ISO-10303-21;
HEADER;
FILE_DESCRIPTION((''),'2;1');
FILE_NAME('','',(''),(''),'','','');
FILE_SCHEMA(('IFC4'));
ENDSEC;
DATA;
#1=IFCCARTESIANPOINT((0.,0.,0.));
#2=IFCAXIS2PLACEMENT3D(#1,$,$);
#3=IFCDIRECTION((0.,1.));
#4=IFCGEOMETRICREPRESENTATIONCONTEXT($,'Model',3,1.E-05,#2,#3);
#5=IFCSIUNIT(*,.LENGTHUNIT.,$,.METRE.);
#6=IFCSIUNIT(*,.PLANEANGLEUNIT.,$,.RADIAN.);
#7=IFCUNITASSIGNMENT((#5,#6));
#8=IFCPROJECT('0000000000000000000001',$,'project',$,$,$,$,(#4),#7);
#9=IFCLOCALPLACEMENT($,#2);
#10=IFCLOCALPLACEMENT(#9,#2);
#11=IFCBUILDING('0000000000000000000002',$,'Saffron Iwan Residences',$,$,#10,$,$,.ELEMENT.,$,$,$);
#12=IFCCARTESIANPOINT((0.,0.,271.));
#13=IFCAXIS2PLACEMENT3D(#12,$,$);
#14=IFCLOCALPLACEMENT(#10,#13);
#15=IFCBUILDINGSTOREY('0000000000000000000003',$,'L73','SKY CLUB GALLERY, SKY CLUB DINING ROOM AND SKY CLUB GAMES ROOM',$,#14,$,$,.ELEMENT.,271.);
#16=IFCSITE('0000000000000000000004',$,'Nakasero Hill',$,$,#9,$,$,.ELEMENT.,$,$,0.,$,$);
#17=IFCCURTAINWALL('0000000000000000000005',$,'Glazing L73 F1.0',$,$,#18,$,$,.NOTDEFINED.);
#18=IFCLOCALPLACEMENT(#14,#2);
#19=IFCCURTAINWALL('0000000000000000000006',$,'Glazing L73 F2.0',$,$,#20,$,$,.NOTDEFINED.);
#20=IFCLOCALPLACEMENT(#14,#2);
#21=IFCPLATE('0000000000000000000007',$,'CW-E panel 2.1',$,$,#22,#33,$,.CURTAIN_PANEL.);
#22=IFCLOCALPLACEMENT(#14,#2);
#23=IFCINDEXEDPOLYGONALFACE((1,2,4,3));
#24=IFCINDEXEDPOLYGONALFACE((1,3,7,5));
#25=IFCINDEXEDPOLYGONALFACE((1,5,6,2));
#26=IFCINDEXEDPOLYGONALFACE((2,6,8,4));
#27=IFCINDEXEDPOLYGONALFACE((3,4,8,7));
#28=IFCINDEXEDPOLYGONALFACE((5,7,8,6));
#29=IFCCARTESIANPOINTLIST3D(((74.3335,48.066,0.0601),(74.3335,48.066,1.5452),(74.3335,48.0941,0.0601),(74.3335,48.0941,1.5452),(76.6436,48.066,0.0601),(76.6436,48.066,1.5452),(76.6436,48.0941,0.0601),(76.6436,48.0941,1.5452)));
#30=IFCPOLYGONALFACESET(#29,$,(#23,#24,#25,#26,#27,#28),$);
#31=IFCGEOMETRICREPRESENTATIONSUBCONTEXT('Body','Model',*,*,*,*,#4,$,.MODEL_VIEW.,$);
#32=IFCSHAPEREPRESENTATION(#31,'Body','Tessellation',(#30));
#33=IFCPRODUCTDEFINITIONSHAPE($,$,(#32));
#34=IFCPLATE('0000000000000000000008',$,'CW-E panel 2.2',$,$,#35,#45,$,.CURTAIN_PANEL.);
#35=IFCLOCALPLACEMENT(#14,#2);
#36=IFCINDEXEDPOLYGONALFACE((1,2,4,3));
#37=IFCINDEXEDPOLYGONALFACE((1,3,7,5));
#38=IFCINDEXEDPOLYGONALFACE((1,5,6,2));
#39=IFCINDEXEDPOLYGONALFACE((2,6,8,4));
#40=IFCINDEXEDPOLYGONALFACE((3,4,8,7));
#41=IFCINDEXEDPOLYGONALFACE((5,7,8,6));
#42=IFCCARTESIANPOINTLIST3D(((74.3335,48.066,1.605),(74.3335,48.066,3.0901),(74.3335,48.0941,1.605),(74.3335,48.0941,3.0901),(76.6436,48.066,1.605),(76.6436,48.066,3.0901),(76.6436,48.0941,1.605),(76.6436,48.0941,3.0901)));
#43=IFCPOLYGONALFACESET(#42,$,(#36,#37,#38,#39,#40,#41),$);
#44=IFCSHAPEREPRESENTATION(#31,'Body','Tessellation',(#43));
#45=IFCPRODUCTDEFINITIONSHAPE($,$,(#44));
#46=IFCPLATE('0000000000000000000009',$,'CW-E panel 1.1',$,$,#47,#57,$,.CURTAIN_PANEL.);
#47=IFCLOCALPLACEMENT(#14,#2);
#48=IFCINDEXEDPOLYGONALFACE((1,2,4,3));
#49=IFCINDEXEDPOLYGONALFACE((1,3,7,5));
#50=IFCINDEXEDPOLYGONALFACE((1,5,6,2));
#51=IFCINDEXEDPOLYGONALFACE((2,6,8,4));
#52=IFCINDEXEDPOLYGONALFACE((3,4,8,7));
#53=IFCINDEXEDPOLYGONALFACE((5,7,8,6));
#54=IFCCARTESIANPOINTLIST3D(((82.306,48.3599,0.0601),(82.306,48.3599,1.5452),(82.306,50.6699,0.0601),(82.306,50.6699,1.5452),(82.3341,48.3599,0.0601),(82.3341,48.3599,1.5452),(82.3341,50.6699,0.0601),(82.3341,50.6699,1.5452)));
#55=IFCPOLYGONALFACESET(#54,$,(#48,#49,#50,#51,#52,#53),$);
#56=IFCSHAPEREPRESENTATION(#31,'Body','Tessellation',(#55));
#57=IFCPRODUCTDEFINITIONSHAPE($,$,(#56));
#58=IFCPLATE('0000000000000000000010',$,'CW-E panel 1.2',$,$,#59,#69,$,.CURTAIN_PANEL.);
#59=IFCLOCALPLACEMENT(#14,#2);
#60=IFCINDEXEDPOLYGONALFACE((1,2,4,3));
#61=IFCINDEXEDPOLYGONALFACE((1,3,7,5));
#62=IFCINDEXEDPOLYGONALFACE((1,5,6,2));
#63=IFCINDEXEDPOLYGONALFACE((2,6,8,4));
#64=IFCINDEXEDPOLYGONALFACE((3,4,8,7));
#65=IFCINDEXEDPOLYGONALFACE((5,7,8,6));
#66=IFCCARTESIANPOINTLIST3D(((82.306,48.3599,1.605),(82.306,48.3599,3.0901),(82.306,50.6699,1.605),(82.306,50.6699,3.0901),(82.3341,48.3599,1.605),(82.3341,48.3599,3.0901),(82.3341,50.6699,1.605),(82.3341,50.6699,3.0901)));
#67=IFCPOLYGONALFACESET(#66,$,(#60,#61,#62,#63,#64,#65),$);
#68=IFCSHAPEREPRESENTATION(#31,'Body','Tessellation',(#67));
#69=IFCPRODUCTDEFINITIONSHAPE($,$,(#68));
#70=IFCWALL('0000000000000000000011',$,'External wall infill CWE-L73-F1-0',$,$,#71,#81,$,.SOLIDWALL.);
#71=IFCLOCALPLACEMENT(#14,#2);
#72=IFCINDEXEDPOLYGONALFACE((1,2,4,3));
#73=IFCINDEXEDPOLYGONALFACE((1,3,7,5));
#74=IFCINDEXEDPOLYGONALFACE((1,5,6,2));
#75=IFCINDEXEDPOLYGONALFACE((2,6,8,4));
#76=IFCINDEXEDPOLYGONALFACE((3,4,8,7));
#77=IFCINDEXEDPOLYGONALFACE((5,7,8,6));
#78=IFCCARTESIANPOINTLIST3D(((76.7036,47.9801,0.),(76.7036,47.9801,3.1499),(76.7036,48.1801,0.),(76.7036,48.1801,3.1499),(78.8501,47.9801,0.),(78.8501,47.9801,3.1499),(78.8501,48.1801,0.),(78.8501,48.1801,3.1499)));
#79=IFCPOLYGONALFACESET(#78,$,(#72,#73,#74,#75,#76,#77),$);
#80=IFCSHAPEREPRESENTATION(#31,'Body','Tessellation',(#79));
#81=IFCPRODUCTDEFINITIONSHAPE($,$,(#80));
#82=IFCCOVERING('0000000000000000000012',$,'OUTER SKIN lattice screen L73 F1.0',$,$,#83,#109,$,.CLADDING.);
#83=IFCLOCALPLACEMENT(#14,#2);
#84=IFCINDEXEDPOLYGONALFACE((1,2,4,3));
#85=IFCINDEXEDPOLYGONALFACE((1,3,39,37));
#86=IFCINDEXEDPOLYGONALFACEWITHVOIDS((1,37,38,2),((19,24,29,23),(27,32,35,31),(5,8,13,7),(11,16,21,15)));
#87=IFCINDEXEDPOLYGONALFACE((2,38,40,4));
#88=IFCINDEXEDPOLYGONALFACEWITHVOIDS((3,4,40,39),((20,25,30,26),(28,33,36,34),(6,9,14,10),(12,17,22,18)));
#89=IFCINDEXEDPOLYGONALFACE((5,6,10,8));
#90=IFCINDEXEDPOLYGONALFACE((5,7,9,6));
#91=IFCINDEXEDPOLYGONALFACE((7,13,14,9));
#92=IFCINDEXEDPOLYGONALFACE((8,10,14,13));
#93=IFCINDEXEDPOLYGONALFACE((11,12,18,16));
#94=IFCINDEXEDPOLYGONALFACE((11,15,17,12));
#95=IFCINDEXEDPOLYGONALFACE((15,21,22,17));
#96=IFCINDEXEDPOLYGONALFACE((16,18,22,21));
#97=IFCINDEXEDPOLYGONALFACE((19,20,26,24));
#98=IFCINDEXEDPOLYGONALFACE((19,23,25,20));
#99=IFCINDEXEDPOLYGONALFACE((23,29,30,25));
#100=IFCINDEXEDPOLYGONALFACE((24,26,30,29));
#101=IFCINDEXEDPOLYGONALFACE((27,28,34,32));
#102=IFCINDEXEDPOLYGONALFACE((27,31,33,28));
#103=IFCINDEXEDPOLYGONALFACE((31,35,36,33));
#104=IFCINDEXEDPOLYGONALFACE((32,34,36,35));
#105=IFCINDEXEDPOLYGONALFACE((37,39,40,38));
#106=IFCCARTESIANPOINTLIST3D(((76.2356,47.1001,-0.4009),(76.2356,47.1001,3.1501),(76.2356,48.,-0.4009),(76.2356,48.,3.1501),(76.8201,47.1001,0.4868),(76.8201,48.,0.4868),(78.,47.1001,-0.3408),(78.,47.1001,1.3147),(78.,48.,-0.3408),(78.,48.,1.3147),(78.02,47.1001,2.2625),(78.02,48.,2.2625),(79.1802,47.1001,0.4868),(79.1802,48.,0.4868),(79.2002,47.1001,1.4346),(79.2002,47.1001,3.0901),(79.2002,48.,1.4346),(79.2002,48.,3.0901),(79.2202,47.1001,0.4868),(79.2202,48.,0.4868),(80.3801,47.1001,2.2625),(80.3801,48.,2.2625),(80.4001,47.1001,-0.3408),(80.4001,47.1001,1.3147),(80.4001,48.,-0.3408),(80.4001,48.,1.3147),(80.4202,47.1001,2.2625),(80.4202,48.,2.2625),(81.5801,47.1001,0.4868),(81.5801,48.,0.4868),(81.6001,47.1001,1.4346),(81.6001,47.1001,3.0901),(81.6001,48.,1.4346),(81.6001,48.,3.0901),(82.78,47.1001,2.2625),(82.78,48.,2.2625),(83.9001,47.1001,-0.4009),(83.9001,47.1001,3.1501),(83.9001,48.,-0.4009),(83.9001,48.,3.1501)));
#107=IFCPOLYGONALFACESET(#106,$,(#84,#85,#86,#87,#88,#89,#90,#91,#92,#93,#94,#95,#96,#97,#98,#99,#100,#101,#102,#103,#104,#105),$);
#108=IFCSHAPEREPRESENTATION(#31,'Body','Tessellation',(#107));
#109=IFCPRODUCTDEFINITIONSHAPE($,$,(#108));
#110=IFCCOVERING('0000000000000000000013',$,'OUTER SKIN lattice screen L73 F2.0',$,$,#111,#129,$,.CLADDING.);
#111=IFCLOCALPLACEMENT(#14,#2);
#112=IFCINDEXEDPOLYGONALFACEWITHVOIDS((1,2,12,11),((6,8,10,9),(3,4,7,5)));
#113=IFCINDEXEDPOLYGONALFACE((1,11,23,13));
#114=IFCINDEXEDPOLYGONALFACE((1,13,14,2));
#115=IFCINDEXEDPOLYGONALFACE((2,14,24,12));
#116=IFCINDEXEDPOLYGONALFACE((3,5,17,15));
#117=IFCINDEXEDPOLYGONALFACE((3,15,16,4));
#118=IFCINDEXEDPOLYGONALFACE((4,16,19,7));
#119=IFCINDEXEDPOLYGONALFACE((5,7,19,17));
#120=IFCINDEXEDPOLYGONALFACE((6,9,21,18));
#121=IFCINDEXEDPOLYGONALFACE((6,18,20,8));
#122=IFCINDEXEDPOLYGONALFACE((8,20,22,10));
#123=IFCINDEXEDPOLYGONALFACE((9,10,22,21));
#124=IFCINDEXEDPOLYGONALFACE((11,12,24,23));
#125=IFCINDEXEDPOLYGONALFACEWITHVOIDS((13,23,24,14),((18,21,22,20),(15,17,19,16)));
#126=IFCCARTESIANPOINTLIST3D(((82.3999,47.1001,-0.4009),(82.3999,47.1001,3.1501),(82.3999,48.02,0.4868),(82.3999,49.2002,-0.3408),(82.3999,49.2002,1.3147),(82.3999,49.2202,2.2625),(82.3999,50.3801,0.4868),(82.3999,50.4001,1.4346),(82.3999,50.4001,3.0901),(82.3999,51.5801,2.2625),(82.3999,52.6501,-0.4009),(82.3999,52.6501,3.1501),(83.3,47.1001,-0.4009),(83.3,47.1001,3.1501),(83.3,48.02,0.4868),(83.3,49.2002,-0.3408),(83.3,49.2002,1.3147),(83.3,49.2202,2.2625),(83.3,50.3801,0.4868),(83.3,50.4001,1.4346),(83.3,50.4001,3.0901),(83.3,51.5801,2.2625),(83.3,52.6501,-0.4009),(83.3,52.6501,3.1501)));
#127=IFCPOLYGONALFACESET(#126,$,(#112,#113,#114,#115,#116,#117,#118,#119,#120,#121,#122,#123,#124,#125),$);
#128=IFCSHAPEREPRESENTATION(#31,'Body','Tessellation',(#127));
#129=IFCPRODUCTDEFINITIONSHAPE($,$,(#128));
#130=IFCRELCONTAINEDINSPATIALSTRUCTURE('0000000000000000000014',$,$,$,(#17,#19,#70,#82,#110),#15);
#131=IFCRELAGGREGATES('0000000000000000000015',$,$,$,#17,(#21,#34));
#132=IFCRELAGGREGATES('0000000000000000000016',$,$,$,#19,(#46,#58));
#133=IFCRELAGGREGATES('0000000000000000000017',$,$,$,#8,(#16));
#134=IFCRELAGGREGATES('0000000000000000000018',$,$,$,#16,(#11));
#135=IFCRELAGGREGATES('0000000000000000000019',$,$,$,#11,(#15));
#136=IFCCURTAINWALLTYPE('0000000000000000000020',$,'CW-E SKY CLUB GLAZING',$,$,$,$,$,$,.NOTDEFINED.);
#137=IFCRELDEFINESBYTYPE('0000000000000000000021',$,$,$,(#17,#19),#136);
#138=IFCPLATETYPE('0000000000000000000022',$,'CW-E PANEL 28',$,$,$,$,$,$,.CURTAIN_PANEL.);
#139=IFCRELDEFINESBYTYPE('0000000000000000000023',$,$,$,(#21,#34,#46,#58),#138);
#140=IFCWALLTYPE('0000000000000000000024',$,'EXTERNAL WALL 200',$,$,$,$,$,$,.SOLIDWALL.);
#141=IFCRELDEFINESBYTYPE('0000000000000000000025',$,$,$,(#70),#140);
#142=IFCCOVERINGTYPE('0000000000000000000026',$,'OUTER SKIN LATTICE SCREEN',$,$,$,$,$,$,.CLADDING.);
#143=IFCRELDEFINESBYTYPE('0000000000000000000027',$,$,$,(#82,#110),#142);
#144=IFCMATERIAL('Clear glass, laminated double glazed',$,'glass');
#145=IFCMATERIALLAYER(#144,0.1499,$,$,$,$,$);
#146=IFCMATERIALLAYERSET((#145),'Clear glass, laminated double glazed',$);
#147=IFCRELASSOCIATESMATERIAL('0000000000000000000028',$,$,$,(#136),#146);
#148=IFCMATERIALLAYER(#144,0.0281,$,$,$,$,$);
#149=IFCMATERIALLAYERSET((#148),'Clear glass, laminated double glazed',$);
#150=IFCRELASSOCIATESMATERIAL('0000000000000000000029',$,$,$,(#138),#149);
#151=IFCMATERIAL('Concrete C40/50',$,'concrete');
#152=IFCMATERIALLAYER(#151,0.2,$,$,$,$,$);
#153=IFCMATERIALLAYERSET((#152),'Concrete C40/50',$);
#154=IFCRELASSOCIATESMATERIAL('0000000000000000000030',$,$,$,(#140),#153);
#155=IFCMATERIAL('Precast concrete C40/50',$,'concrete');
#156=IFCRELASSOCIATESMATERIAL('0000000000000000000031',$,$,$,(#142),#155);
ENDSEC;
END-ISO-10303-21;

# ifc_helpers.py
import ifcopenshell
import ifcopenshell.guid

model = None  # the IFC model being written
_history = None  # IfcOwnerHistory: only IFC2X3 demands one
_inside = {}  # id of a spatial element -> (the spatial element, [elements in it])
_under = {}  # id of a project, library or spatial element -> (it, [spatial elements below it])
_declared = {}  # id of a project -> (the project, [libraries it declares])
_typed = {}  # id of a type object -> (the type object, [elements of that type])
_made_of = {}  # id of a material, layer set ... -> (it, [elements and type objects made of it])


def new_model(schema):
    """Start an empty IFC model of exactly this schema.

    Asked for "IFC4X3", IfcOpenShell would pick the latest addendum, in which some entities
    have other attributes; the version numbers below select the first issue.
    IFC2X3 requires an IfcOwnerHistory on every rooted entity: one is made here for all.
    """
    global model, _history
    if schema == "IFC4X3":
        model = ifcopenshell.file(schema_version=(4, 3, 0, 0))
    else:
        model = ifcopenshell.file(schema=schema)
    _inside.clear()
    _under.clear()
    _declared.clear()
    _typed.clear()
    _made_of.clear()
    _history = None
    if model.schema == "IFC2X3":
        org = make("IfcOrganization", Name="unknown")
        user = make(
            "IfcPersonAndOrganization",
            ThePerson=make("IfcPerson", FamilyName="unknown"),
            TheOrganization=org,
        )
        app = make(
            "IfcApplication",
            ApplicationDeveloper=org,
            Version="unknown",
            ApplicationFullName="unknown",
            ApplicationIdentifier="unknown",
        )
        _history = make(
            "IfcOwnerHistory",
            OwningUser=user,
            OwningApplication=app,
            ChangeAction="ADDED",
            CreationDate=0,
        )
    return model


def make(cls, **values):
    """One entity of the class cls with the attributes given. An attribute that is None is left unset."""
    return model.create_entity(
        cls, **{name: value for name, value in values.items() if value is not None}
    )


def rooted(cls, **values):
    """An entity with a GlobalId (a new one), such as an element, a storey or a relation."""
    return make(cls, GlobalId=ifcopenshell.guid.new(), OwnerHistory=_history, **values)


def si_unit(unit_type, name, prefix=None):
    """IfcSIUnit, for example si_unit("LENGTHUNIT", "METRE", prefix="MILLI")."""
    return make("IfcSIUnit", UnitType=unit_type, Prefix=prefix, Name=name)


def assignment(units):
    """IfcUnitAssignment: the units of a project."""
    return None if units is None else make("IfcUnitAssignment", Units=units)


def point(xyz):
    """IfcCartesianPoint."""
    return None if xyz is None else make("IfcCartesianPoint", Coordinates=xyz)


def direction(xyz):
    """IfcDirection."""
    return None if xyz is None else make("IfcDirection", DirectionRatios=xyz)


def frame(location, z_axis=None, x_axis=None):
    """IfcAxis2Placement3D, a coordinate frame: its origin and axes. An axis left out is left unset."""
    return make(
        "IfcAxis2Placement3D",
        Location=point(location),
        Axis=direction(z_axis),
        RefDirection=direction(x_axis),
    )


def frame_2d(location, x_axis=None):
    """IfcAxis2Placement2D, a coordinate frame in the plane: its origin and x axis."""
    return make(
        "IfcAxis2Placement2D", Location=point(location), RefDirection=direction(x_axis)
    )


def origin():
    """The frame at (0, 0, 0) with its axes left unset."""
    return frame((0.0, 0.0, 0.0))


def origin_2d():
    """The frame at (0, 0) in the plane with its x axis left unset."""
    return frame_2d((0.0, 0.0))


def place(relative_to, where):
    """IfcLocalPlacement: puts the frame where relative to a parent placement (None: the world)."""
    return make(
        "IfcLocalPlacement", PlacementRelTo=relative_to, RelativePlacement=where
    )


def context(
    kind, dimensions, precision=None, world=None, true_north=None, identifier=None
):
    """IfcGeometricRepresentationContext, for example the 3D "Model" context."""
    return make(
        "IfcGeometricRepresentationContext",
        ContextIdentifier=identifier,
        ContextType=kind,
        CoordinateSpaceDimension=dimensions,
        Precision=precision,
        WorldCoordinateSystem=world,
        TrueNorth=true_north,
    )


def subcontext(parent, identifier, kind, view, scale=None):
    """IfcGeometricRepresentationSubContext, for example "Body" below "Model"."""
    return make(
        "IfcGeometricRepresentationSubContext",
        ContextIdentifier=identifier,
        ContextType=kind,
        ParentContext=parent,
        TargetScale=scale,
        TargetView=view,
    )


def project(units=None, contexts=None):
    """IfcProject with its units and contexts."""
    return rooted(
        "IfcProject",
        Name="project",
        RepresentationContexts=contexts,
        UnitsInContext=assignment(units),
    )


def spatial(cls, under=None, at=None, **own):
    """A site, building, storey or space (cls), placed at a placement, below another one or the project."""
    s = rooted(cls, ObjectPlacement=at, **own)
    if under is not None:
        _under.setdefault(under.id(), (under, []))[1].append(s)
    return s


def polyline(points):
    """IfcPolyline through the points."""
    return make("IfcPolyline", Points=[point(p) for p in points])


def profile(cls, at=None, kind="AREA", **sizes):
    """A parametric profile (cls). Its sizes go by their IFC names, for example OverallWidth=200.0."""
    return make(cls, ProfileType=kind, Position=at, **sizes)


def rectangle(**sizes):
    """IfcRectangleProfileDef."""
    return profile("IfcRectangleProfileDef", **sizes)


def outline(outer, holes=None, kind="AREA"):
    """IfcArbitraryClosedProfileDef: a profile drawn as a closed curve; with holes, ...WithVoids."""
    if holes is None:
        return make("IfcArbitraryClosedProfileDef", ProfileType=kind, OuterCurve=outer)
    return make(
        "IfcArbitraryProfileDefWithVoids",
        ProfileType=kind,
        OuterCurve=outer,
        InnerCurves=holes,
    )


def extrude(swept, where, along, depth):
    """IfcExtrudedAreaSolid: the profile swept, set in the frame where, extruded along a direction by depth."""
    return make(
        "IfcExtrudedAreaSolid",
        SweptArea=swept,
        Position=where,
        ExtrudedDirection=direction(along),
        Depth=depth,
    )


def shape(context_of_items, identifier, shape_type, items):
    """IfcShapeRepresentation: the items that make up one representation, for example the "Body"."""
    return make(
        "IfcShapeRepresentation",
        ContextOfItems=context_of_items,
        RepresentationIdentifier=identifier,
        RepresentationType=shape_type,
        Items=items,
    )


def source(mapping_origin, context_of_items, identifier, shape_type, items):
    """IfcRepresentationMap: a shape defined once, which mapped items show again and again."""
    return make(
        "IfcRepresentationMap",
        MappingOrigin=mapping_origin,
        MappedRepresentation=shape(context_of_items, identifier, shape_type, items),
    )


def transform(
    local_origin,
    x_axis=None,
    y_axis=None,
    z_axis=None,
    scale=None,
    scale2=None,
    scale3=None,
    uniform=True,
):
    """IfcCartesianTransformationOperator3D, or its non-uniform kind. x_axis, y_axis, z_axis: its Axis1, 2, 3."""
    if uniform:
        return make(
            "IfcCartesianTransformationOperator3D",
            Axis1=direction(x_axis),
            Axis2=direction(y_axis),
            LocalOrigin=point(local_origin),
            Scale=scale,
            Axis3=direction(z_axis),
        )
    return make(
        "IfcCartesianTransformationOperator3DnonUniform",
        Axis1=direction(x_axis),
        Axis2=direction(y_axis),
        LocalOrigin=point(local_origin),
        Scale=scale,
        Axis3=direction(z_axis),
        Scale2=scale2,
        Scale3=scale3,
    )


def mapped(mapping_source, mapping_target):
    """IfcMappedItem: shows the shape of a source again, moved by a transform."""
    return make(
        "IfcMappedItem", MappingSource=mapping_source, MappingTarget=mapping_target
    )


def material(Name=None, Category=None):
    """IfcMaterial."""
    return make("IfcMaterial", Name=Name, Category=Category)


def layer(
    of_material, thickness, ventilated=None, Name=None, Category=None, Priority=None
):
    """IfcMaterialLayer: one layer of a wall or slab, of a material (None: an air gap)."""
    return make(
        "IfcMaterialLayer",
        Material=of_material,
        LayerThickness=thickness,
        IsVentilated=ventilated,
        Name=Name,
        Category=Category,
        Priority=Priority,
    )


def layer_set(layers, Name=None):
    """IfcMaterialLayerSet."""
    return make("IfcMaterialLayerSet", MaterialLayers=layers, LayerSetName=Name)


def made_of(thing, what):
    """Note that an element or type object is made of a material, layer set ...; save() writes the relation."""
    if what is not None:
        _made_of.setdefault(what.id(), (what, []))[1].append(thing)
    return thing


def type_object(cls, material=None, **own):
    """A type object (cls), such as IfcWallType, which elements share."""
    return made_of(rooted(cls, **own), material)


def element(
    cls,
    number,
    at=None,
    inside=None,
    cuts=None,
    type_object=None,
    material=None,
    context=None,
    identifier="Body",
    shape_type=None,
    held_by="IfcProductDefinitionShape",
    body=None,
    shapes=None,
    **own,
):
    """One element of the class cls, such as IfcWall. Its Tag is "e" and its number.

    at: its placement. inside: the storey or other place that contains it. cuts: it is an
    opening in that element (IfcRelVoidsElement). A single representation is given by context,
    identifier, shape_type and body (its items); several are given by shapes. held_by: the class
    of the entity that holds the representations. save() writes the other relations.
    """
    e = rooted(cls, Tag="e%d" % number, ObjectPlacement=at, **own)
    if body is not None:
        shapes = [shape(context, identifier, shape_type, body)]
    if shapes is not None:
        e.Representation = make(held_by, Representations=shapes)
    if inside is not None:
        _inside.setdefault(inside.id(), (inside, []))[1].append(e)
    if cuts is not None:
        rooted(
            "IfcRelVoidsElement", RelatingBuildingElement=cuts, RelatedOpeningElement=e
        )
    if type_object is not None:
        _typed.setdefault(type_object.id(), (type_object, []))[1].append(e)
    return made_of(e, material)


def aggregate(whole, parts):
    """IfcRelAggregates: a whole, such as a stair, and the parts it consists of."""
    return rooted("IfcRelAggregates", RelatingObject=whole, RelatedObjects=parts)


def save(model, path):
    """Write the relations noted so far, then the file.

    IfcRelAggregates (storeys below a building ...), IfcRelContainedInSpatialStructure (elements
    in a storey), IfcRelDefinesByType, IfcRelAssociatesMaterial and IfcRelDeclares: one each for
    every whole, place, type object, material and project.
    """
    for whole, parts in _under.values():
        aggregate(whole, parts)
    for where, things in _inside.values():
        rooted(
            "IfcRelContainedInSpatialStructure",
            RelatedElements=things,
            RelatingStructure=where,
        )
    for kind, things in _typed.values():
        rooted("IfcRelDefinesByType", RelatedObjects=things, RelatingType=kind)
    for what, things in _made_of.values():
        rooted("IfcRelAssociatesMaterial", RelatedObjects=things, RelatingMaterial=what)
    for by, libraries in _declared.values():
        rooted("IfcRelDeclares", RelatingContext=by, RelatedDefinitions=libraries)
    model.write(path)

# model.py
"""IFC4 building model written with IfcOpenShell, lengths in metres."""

from ifc_helpers import new_model, si_unit, direction, frame, frame_2d, origin, origin_2d, place, context, subcontext, project, spatial, polyline, rectangle, outline, extrude, source, transform, mapped, material, layer, layer_set, type_object, element, aggregate, save


model = new_model("IFC4")

# Units and contexts
model_context = context("Model", 3, precision=1e-05, world=origin(), true_north=direction((0.0, 1.0)))
body_context = subcontext(model_context, "Body", "Model", "MODEL_VIEW")
ifc_project = project(units=[si_unit("LENGTHUNIT", "METRE"), si_unit("PLANEANGLEUNIT", "RADIAN")], contexts=[model_context])

# Site, building, storey
site_placement = place(None, origin())
site = spatial("IfcSite", under=ifc_project, at=site_placement, Name="Nakasero Hill", CompositionType="ELEMENT", RefElevation=0.0)
building_placement = place(site_placement, origin())
building = spatial("IfcBuilding", under=site, at=building_placement, Name="Saffron Iwan Residences", CompositionType="ELEMENT")
storey_placement = place(building_placement, frame((0.0, 0.0, 271.0)))
storey = spatial("IfcBuildingStorey", under=building, at=storey_placement, Name="L73", Description="SKY CLUB GALLERY, SKY CLUB DINING ROOM AND SKY CLUB GAMES ROOM", CompositionType="ELEMENT", Elevation=271.0)

# Shared definitions
ifc_material_1 = material(Name="Concrete C40/50", Category="concrete")

# Curtain walls
ifc_material_2 = material(Name="Clear glass, laminated double glazed", Category="glass")
ifc_layer_1 = layer(ifc_material_2, 0.1499)
ifc_layer_set_1 = layer_set([ifc_layer_1], Name="Clear glass, laminated double glazed")
curtain_wall_type = type_object("IfcCurtainWallType", Name="CW-E SKY CLUB GLAZING", PredefinedType="NOTDEFINED", material=ifc_layer_set_1)
curtain_wall_1_placement = place(storey_placement, origin())
curtain_wall_1 = element("IfcCurtainWall", 1, at=curtain_wall_1_placement, inside=storey, type_object=curtain_wall_type, Name="Glazing L73 F1.0", PredefinedType="NOTDEFINED")
curtain_wall_2_placement = place(storey_placement, origin())
curtain_wall_2 = element("IfcCurtainWall", 2, at=curtain_wall_2_placement, inside=storey, type_object=curtain_wall_type, Name="Glazing L73 F2.0", PredefinedType="NOTDEFINED")

# Plates
ifc_layer_2 = layer(ifc_material_2, 0.0281)
ifc_layer_set_2 = layer_set([ifc_layer_2], Name="Clear glass, laminated double glazed")
plate_type = type_object("IfcPlateType", Name="CW-E PANEL 28", PredefinedType="CURTAIN_PANEL", material=ifc_layer_set_2)
shared_shape_1 = source(origin(), body_context, "Body", "SweptSolid", [
    extrude(rectangle(XDim=2.3101, YDim=0.0281, at=origin_2d()), origin(), (0.0, 0.0, 1.0), 1.4851),
])
plate_1_placement = place(storey_placement, frame((75.4885, 48.0801, 0.0601), z_axis=(0.0, 0.0, 1.0), x_axis=(1.0, 0.0, 0.0)))
plate_1 = element("IfcPlate", 3, at=plate_1_placement, type_object=plate_type, Name="CW-E panel 2.1", PredefinedType="CURTAIN_PANEL", context=body_context, shape_type="MappedRepresentation", body=[
    mapped(shared_shape_1, transform((0.0, 0.0, 0.0))),
])
plate_2_placement = place(storey_placement, frame((75.4885, 48.0801, 1.605), z_axis=(0.0, 0.0, 1.0), x_axis=(1.0, 0.0, 0.0)))
plate_2 = element("IfcPlate", 4, at=plate_2_placement, type_object=plate_type, Name="CW-E panel 2.2", PredefinedType="CURTAIN_PANEL", context=body_context, shape_type="MappedRepresentation", body=[
    mapped(shared_shape_1, transform((0.0, 0.0, 0.0))),
])
aggregate(curtain_wall_1, [plate_1, plate_2])
plate_3_placement = place(storey_placement, frame((82.3201, 49.5149, 0.0601), z_axis=(0.0, 0.0, 1.0), x_axis=(0.0, 1.0, 0.0)))
plate_3 = element("IfcPlate", 5, at=plate_3_placement, type_object=plate_type, Name="CW-E panel 1.1", PredefinedType="CURTAIN_PANEL", context=body_context, shape_type="MappedRepresentation", body=[
    mapped(shared_shape_1, transform((0.0, 0.0, 0.0))),
])
plate_4_placement = place(storey_placement, frame((82.3201, 49.5149, 1.605), z_axis=(0.0, 0.0, 1.0), x_axis=(0.0, 1.0, 0.0)))
plate_4 = element("IfcPlate", 6, at=plate_4_placement, type_object=plate_type, Name="CW-E panel 1.2", PredefinedType="CURTAIN_PANEL", context=body_context, shape_type="MappedRepresentation", body=[
    mapped(shared_shape_1, transform((0.0, 0.0, 0.0))),
])
aggregate(curtain_wall_2, [plate_3, plate_4])

# Wall
ifc_layer_3 = layer(ifc_material_1, 0.2)
ifc_layer_set_3 = layer_set([ifc_layer_3], Name="Concrete C40/50")
wall_type = type_object("IfcWallType", Name="EXTERNAL WALL 200", PredefinedType="SOLIDWALL", material=ifc_layer_set_3)
wall_placement = place(storey_placement, frame((76.7036, 48.0801, 0.0), z_axis=(0.0, 0.0, 1.0), x_axis=(1.0, 0.0, 0.0)))
element("IfcWall", 7, at=wall_placement, inside=storey, type_object=wall_type, Name="External wall infill CWE-L73-F1-0", PredefinedType="SOLIDWALL", context=body_context, shape_type="SweptSolid", body=[
    extrude(rectangle(XDim=2.1465, YDim=0.2, at=frame_2d((1.0732, 0.0))), origin(), (0.0, 0.0, 1.0), 3.1499),
])

# Coverings
ifc_material_3 = material(Name="Precast concrete C40/50", Category="concrete")
covering_type = type_object("IfcCoveringType", Name="OUTER SKIN LATTICE SCREEN", PredefinedType="CLADDING", material=ifc_material_3)
covering_1_placement = place(storey_placement, frame((76.2356, 48.0, -0.4009), z_axis=(0.0, -1.0, 0.0), x_axis=(1.0, 0.0, 0.0)))
element("IfcCovering", 8, at=covering_1_placement, inside=storey, type_object=covering_type, Name="OUTER SKIN lattice screen L73 F1.0", PredefinedType="CLADDING", context=body_context, shape_type="SweptSolid", body=[
    extrude(outline(polyline([(0.0, 0.0), (7.6646, 0.0), (7.6646, 3.551), (0.0, 3.551), (0.0, 0.0)]), holes=[polyline([(0.5845, 0.8877), (1.7644, 0.0601), (2.9446, 0.8877), (1.7644, 1.7156), (0.5845, 0.8877)]), polyline([(2.9846, 0.8877), (4.1646, 0.0601), (5.3445, 0.8877), (4.1646, 1.7156), (2.9846, 0.8877)]), polyline([(1.7844, 2.6633), (2.9646, 1.8354), (4.1445, 2.6633), (2.9646, 3.491), (1.7844, 2.6633)]), polyline([(4.1846, 2.6633), (5.3645, 1.8354), (6.5444, 2.6633), (5.3645, 3.491), (4.1846, 2.6633)])]), origin(), (0.0, 0.0, 1.0), 0.8999),
])
covering_2_placement = place(storey_placement, frame((82.3999, 47.1001, -0.4009), z_axis=(1.0, 0.0, 0.0), x_axis=(0.0, 1.0, 0.0)))
element("IfcCovering", 9, at=covering_2_placement, inside=storey, type_object=covering_type, Name="OUTER SKIN lattice screen L73 F2.0", PredefinedType="CLADDING", context=body_context, shape_type="SweptSolid", body=[
    extrude(outline(polyline([(0.0, 0.0), (5.55, 0.0), (5.55, 3.551), (0.0, 3.551), (0.0, 0.0)]), holes=[polyline([(0.9199, 0.8877), (2.1001, 0.0601), (3.28, 0.8877), (2.1001, 1.7156), (0.9199, 0.8877)]), polyline([(2.1201, 2.6633), (3.3, 1.8354), (4.48, 2.6633), (3.3, 3.491), (2.1201, 2.6633)])]), origin(), (0.0, 0.0, 1.0), 0.9001),
])

save(model, "model.ifc")
